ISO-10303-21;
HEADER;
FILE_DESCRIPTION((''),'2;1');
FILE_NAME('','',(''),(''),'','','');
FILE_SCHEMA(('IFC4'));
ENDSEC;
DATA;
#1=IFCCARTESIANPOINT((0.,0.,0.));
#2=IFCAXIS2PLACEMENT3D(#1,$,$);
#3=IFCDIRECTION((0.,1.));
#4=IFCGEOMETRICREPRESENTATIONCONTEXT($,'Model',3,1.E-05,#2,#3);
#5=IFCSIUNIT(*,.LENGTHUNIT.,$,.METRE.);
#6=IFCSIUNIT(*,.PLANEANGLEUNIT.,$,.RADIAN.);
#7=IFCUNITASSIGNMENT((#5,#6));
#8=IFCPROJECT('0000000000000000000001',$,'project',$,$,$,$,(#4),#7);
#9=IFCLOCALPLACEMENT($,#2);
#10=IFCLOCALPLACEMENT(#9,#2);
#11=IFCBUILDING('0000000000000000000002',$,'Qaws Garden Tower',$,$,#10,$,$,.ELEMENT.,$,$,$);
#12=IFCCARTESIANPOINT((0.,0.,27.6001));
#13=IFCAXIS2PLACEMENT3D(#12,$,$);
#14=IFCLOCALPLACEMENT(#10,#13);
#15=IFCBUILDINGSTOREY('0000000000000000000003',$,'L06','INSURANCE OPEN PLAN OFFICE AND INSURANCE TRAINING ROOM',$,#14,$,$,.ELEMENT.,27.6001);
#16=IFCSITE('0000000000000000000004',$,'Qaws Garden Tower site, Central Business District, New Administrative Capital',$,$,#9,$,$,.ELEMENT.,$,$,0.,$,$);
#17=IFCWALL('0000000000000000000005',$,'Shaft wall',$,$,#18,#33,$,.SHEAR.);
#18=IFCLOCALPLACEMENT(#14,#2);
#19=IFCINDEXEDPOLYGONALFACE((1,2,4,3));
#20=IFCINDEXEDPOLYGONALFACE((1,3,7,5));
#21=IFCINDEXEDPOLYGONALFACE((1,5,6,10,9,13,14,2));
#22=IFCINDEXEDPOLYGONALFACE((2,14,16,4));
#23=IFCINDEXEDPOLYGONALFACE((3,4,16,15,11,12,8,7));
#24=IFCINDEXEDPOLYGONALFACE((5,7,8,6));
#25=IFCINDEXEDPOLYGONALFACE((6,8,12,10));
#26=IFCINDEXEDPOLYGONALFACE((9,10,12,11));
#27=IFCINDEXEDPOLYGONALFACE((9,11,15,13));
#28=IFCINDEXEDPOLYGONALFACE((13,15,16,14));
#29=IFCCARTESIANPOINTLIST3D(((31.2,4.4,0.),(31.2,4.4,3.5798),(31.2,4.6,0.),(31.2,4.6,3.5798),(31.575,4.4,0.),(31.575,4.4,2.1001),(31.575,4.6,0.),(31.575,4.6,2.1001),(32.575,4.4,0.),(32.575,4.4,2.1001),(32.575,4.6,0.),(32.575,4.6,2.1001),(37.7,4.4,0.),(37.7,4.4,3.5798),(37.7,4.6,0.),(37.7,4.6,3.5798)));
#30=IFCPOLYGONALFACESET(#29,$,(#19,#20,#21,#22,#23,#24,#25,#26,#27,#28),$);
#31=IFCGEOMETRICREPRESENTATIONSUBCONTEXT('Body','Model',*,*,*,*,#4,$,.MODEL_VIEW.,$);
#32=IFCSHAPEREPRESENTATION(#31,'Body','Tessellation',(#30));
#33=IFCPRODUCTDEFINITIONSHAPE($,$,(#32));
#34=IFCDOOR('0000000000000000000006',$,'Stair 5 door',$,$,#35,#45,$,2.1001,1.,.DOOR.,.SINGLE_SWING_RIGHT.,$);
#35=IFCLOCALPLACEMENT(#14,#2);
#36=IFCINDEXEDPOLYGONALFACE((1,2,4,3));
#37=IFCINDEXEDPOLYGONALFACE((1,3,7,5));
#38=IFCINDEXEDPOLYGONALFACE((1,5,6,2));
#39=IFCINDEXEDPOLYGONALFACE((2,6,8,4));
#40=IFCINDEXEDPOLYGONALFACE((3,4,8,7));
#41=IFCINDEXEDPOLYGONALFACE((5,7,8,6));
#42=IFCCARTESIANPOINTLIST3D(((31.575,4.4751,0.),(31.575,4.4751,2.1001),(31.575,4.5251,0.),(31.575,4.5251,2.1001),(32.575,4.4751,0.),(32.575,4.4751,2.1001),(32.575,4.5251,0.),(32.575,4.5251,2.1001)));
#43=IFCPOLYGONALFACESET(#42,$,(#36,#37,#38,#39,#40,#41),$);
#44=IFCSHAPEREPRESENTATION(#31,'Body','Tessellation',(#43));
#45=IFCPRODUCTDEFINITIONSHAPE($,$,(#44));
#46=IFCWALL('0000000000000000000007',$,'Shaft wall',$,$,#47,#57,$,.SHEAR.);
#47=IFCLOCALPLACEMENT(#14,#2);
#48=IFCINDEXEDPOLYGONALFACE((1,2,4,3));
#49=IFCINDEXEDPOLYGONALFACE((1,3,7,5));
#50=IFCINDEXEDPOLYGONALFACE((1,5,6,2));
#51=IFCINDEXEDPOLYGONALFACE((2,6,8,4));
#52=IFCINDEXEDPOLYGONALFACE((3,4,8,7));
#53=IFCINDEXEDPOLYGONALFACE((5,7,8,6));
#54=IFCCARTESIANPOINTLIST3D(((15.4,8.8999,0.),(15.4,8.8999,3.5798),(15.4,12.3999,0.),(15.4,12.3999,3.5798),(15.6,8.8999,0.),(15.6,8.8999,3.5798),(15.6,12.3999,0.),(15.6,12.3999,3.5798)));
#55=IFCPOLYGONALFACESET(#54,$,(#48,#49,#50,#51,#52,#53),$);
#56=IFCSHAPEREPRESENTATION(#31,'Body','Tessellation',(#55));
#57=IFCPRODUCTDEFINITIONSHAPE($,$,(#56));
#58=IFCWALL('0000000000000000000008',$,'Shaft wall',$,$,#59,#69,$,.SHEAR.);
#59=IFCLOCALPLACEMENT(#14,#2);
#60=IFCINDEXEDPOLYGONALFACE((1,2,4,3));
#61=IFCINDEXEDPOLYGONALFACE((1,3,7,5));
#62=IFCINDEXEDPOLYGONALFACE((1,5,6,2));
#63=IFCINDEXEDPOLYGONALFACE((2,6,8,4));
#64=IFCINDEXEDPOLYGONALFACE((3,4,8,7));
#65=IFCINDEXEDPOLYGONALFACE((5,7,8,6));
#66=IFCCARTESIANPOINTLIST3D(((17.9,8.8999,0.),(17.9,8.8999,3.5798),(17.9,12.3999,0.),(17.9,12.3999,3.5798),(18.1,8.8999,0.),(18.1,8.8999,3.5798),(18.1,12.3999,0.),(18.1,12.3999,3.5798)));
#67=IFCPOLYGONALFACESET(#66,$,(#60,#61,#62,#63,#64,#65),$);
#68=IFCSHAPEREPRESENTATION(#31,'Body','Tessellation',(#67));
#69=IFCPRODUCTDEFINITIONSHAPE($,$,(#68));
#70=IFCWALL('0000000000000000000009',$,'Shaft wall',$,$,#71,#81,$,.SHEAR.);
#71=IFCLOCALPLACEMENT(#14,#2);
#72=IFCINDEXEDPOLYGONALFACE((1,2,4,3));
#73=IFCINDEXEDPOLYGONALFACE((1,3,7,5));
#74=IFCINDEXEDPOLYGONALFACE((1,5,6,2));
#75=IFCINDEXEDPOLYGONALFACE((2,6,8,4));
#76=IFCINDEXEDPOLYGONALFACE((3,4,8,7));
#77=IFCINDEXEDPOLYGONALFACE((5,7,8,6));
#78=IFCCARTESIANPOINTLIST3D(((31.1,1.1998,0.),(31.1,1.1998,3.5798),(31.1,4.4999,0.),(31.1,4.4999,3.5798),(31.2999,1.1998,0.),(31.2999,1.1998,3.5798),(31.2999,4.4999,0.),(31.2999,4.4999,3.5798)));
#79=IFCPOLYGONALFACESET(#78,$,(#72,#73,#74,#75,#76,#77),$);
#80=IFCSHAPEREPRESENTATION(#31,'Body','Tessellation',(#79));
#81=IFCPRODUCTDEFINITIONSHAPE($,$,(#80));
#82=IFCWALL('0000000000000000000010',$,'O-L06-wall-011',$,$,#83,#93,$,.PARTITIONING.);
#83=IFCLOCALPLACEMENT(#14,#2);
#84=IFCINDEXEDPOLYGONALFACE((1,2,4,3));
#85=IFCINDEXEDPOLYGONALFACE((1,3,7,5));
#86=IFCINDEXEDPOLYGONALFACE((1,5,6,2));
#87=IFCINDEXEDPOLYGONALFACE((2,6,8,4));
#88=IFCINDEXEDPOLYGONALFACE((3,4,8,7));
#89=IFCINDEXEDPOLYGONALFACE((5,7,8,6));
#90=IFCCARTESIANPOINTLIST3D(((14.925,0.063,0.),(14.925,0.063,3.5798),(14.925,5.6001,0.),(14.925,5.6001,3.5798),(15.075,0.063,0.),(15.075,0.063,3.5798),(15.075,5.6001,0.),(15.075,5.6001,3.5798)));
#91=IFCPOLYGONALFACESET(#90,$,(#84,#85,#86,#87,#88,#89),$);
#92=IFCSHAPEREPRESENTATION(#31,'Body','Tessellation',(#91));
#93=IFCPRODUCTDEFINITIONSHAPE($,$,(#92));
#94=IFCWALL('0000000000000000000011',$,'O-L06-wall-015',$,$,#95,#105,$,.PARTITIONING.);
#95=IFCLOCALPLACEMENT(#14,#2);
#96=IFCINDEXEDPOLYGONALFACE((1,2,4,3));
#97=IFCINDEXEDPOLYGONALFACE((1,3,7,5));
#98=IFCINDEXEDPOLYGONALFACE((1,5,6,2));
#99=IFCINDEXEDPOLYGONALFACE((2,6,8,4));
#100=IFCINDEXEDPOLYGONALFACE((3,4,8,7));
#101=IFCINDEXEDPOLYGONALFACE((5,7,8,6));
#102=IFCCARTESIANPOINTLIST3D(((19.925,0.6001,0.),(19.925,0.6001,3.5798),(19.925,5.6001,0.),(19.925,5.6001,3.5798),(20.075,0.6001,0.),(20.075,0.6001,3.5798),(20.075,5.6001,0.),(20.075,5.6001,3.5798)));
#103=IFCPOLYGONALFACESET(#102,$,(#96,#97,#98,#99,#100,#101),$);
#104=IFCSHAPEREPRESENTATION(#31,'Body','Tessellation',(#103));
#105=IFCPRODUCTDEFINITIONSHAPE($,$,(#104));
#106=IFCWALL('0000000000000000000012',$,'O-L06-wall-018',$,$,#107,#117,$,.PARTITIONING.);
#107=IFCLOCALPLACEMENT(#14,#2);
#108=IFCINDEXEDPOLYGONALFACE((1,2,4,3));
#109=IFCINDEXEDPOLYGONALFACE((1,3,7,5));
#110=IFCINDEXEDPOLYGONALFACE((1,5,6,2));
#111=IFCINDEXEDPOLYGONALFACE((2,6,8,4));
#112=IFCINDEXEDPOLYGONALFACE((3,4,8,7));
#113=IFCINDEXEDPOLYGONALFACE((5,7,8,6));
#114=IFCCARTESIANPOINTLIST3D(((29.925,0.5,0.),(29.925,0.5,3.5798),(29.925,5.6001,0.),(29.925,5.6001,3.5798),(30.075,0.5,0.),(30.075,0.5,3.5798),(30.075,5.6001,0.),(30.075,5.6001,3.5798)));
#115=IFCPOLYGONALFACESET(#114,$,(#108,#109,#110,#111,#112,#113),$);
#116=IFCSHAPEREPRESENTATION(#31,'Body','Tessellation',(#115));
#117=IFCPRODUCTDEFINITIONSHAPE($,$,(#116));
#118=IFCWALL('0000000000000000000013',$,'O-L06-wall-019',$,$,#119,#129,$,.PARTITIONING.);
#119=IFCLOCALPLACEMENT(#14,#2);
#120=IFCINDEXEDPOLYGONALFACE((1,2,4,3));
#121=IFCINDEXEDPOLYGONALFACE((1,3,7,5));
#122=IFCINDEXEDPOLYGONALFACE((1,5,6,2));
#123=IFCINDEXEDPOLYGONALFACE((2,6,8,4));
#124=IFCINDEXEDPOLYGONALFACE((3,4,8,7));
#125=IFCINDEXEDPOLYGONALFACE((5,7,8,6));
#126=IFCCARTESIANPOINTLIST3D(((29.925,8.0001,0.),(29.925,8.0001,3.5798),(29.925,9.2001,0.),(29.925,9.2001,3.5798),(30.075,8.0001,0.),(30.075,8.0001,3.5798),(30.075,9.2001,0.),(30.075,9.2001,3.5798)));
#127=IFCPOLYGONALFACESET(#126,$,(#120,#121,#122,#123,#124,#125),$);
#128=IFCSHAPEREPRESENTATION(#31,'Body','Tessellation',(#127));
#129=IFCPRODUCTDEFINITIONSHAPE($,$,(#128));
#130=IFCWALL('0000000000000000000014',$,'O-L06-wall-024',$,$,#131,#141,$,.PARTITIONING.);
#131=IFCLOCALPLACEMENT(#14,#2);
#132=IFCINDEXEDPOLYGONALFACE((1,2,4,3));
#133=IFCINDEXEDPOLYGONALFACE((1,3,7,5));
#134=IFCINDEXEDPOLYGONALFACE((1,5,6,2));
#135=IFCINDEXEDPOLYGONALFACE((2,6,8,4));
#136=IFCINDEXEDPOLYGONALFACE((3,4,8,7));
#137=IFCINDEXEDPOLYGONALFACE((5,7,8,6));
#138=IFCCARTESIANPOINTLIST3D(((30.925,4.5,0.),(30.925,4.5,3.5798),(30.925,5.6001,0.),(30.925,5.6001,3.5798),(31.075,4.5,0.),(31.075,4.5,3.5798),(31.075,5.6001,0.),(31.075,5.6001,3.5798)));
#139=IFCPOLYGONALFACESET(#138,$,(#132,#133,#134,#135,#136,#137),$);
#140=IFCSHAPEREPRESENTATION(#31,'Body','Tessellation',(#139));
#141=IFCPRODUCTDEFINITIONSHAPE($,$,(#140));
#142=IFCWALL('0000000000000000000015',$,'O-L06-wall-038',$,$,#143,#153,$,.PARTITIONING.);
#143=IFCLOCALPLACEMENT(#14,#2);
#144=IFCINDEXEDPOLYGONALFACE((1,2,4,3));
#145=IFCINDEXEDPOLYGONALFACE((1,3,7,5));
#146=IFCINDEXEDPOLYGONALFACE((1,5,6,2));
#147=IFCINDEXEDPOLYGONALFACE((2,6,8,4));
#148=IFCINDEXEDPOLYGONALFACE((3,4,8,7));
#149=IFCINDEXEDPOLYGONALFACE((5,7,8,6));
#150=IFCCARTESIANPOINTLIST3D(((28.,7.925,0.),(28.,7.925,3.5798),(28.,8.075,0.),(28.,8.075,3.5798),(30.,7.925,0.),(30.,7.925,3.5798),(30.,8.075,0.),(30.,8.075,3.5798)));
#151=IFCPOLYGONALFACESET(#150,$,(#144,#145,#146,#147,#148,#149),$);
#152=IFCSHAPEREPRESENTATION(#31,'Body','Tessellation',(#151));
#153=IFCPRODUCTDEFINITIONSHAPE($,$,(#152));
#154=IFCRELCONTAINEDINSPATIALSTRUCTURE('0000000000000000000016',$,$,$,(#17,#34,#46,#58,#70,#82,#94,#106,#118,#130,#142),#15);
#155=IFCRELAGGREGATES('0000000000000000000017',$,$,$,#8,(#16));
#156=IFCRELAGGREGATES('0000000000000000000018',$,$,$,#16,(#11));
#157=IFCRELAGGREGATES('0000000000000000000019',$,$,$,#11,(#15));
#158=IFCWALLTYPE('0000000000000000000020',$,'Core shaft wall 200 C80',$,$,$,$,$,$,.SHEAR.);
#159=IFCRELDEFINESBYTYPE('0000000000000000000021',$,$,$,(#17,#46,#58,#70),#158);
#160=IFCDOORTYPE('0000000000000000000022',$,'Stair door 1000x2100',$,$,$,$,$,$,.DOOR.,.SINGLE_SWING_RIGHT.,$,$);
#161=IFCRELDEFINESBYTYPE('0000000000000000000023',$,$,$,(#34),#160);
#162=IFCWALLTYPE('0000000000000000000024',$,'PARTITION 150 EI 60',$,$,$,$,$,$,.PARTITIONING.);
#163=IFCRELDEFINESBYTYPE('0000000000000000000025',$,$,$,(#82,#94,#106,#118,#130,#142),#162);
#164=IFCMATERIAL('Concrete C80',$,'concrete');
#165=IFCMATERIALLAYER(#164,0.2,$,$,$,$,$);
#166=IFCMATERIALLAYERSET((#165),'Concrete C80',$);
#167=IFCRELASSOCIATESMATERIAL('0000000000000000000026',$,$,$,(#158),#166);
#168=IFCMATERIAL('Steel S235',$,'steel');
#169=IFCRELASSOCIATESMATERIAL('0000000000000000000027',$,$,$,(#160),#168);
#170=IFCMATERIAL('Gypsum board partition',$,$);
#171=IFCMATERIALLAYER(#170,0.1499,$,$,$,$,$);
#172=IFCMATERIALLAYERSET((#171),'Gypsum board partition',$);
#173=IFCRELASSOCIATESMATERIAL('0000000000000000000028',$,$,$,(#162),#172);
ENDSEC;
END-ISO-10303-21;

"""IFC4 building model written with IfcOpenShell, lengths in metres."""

from ifc_helpers import new_model, si_unit, direction, frame, frame_2d, origin, place, context, subcontext, project, spatial, rectangle, extrude, material, layer, layer_set, type_object, element, fill, save


model = new_model("IFC4")

# Units and contexts
model_context = context("Model", 3, precision=1e-05, world=origin(), true_north=direction((0.0, 1.0)))
body_context = subcontext(model_context, "Body", "Model", "MODEL_VIEW")
ifc_project = project(units=[si_unit("LENGTHUNIT", "METRE"), si_unit("PLANEANGLEUNIT", "RADIAN")], contexts=[model_context])

# Site, building, storey
site_placement = place(None, origin())
site = spatial("IfcSite", under=ifc_project, at=site_placement, Name="Qaws Garden Tower site, Central Business District, New Administrative Capital", CompositionType="ELEMENT", RefElevation=0.0)
building_placement = place(site_placement, origin())
building = spatial("IfcBuilding", under=site, at=building_placement, Name="Qaws Garden Tower", CompositionType="ELEMENT")
storey_placement = place(building_placement, frame((0.0, 0.0, 27.6001)))
storey = spatial("IfcBuildingStorey", under=building, at=storey_placement, Name="L06", Description="INSURANCE OPEN PLAN OFFICE AND INSURANCE TRAINING ROOM", CompositionType="ELEMENT", Elevation=27.6001)

# Shared definitions
ifc_material_1 = material(Name="Concrete C80", Category="concrete")
ifc_layer_1 = layer(ifc_material_1, 0.2)
ifc_layer_set_1 = layer_set([ifc_layer_1], Name="Concrete C80")
wall_type_1 = type_object("IfcWallType", Name="Core shaft wall 200 C80", PredefinedType="SHEAR", material=ifc_layer_set_1)

# Wall, opening, door
wall_1_placement = place(storey_placement, frame((31.2, 4.5, 0.0), z_axis=(0.0, 0.0, 1.0), x_axis=(1.0, 0.0, 0.0)))
wall_1 = element("IfcWall", 1, at=wall_1_placement, inside=storey, type_object=wall_type_1, Name="Shaft wall", PredefinedType="SHEAR", context=body_context, shape_type="SweptSolid", body=[
    extrude(rectangle(XDim=6.5, YDim=0.2, at=frame_2d((3.25, 0.0))), origin(), (0.0, 0.0, 1.0), 3.5798),
])
opening_1_placement = place(wall_1_placement, frame((0.375, 0.0, 0.0)))
opening_1 = element("IfcOpeningElement", 2, at=opening_1_placement, cuts=wall_1, PredefinedType="OPENING", context=body_context, shape_type="SweptSolid", body=[
    extrude(rectangle(XDim=1.0, YDim=2.1001, at=frame_2d((0.5, 1.05))), frame((0.0, 0.1099, 0.0), z_axis=(0.0, -1.0, 0.0), x_axis=(1.0, 0.0, 0.0)), (0.0, 0.0, 1.0), 0.22),
])
ifc_material_2 = material(Name="Steel S235", Category="steel")
door_type = type_object("IfcDoorType", Name="Stair door 1000x2100", OperationType="SINGLE_SWING_RIGHT", PredefinedType="DOOR", material=ifc_material_2)
door_placement = place(opening_1_placement, frame((1.0, 0.0, 0.0), z_axis=(0.0, 0.0, 1.0), x_axis=(-1.0, 0.0, 0.0)))
door = element("IfcDoor", 3, at=door_placement, inside=storey, type_object=door_type, Name="Stair 5 door", OperationType="SINGLE_SWING_RIGHT", OverallHeight=2.1001, OverallWidth=1.0, PredefinedType="DOOR", context=body_context, shape_type="SweptSolid", body=[
    extrude(rectangle(XDim=1.0, YDim=2.1001, at=frame_2d((0.5, 1.05))), frame((0.0, 0.0249, 0.0), z_axis=(0.0, -1.0, 0.0), x_axis=(1.0, 0.0, 0.0)), (0.0, 0.0, 1.0), 0.05),
])
fill(opening_1, door)

# Walls
for number, where, z_axis, x_axis, name in (
    (4, (15.5, 8.8999, 0.0), (0.0, 0.0, 1.0), (0.0, 1.0, 0.0), "Shaft wall"),
    (5, (18.0, 8.8999, 0.0), (0.0, 0.0, 1.0), (0.0, 1.0, 0.0), "Shaft wall"),
):
    element("IfcWall", number, at=place(storey_placement, frame(where, z_axis=z_axis, x_axis=x_axis)), inside=storey, type_object=wall_type_1, Name=name, PredefinedType="SHEAR", context=body_context, shape_type="SweptSolid", body=[
        extrude(rectangle(XDim=3.5, YDim=0.2, at=frame_2d((1.75, 0.0))), origin(), (0.0, 0.0, 1.0), 3.5798),
    ])
wall_2_placement = place(storey_placement, frame((31.2, 1.2, 0.0), z_axis=(0.0, 0.0, 1.0), x_axis=(0.0, 1.0, 0.0)))
element("IfcWall", 6, at=wall_2_placement, inside=storey, type_object=wall_type_1, Name="Shaft wall", PredefinedType="SHEAR", context=body_context, shape_type="SweptSolid", body=[
    extrude(rectangle(XDim=3.3, YDim=0.2, at=frame_2d((1.6499, 0.0))), origin(), (0.0, 0.0, 1.0), 3.5798),
])
ifc_material_3 = material(Name="Gypsum board partition")
ifc_layer_2 = layer(ifc_material_3, 0.1499)
ifc_layer_set_2 = layer_set([ifc_layer_2], Name="Gypsum board partition")
wall_type_2 = type_object("IfcWallType", Name="PARTITION 150 EI 60", PredefinedType="PARTITIONING", material=ifc_layer_set_2)
wall_3_placement = place(storey_placement, frame((15.0, 0.063, 0.0), z_axis=(0.0, 0.0, 1.0), x_axis=(0.0, 1.0, 0.0)))
element("IfcWall", 7, at=wall_3_placement, inside=storey, type_object=wall_type_2, Name="O-L06-wall-011", PredefinedType="PARTITIONING", context=body_context, shape_type="SweptSolid", body=[
    extrude(rectangle(XDim=5.5371, YDim=0.1499, at=frame_2d((2.7686, 0.0))), origin(), (0.0, 0.0, 1.0), 3.5798),
])
wall_4_placement = place(storey_placement, frame((20.0, 0.6001, 0.0), z_axis=(0.0, 0.0, 1.0), x_axis=(0.0, 1.0, 0.0)))
element("IfcWall", 8, at=wall_4_placement, inside=storey, type_object=wall_type_2, Name="O-L06-wall-015", PredefinedType="PARTITIONING", context=body_context, shape_type="SweptSolid", body=[
    extrude(rectangle(XDim=5.0, YDim=0.1499, at=frame_2d((2.5, 0.0))), origin(), (0.0, 0.0, 1.0), 3.5798),
])
wall_5_placement = place(storey_placement, frame((30.0, 0.5, 0.0), z_axis=(0.0, 0.0, 1.0), x_axis=(0.0, 1.0, 0.0)))
element("IfcWall", 9, at=wall_5_placement, inside=storey, type_object=wall_type_2, Name="O-L06-wall-018", PredefinedType="PARTITIONING", context=body_context, shape_type="SweptSolid", body=[
    extrude(rectangle(XDim=5.1001, YDim=0.1499, at=frame_2d((2.55, 0.0))), origin(), (0.0, 0.0, 1.0), 3.5798),
])
wall_6_placement = place(storey_placement, frame((30.0, 8.0, 0.0), z_axis=(0.0, 0.0, 1.0), x_axis=(0.0, 1.0, 0.0)))
element("IfcWall", 10, at=wall_6_placement, inside=storey, type_object=wall_type_2, Name="O-L06-wall-019", PredefinedType="PARTITIONING", context=body_context, shape_type="SweptSolid", body=[
    extrude(rectangle(XDim=1.2, YDim=0.1499, at=frame_2d((0.6001, 0.0))), origin(), (0.0, 0.0, 1.0), 3.5798),
])
wall_7_placement = place(storey_placement, frame((31.0, 4.5, 0.0), z_axis=(0.0, 0.0, 1.0), x_axis=(0.0, 1.0, 0.0)))
element("IfcWall", 11, at=wall_7_placement, inside=storey, type_object=wall_type_2, Name="O-L06-wall-024", PredefinedType="PARTITIONING", context=body_context, shape_type="SweptSolid", body=[
    extrude(rectangle(XDim=1.1001, YDim=0.1499, at=frame_2d((0.55, 0.0))), origin(), (0.0, 0.0, 1.0), 3.5798),
])
wall_8_placement = place(storey_placement, frame((28.0, 8.0, 0.0), z_axis=(0.0, 0.0, 1.0), x_axis=(1.0, 0.0, 0.0)))
element("IfcWall", 12, at=wall_8_placement, inside=storey, type_object=wall_type_2, Name="O-L06-wall-038", PredefinedType="PARTITIONING", context=body_context, shape_type="SweptSolid", body=[
    extrude(rectangle(XDim=2.0, YDim=0.1499, at=frame_2d((1.0, 0.0))), origin(), (0.0, 0.0, 1.0), 3.5798),
])

save(model, "model.ifc")
